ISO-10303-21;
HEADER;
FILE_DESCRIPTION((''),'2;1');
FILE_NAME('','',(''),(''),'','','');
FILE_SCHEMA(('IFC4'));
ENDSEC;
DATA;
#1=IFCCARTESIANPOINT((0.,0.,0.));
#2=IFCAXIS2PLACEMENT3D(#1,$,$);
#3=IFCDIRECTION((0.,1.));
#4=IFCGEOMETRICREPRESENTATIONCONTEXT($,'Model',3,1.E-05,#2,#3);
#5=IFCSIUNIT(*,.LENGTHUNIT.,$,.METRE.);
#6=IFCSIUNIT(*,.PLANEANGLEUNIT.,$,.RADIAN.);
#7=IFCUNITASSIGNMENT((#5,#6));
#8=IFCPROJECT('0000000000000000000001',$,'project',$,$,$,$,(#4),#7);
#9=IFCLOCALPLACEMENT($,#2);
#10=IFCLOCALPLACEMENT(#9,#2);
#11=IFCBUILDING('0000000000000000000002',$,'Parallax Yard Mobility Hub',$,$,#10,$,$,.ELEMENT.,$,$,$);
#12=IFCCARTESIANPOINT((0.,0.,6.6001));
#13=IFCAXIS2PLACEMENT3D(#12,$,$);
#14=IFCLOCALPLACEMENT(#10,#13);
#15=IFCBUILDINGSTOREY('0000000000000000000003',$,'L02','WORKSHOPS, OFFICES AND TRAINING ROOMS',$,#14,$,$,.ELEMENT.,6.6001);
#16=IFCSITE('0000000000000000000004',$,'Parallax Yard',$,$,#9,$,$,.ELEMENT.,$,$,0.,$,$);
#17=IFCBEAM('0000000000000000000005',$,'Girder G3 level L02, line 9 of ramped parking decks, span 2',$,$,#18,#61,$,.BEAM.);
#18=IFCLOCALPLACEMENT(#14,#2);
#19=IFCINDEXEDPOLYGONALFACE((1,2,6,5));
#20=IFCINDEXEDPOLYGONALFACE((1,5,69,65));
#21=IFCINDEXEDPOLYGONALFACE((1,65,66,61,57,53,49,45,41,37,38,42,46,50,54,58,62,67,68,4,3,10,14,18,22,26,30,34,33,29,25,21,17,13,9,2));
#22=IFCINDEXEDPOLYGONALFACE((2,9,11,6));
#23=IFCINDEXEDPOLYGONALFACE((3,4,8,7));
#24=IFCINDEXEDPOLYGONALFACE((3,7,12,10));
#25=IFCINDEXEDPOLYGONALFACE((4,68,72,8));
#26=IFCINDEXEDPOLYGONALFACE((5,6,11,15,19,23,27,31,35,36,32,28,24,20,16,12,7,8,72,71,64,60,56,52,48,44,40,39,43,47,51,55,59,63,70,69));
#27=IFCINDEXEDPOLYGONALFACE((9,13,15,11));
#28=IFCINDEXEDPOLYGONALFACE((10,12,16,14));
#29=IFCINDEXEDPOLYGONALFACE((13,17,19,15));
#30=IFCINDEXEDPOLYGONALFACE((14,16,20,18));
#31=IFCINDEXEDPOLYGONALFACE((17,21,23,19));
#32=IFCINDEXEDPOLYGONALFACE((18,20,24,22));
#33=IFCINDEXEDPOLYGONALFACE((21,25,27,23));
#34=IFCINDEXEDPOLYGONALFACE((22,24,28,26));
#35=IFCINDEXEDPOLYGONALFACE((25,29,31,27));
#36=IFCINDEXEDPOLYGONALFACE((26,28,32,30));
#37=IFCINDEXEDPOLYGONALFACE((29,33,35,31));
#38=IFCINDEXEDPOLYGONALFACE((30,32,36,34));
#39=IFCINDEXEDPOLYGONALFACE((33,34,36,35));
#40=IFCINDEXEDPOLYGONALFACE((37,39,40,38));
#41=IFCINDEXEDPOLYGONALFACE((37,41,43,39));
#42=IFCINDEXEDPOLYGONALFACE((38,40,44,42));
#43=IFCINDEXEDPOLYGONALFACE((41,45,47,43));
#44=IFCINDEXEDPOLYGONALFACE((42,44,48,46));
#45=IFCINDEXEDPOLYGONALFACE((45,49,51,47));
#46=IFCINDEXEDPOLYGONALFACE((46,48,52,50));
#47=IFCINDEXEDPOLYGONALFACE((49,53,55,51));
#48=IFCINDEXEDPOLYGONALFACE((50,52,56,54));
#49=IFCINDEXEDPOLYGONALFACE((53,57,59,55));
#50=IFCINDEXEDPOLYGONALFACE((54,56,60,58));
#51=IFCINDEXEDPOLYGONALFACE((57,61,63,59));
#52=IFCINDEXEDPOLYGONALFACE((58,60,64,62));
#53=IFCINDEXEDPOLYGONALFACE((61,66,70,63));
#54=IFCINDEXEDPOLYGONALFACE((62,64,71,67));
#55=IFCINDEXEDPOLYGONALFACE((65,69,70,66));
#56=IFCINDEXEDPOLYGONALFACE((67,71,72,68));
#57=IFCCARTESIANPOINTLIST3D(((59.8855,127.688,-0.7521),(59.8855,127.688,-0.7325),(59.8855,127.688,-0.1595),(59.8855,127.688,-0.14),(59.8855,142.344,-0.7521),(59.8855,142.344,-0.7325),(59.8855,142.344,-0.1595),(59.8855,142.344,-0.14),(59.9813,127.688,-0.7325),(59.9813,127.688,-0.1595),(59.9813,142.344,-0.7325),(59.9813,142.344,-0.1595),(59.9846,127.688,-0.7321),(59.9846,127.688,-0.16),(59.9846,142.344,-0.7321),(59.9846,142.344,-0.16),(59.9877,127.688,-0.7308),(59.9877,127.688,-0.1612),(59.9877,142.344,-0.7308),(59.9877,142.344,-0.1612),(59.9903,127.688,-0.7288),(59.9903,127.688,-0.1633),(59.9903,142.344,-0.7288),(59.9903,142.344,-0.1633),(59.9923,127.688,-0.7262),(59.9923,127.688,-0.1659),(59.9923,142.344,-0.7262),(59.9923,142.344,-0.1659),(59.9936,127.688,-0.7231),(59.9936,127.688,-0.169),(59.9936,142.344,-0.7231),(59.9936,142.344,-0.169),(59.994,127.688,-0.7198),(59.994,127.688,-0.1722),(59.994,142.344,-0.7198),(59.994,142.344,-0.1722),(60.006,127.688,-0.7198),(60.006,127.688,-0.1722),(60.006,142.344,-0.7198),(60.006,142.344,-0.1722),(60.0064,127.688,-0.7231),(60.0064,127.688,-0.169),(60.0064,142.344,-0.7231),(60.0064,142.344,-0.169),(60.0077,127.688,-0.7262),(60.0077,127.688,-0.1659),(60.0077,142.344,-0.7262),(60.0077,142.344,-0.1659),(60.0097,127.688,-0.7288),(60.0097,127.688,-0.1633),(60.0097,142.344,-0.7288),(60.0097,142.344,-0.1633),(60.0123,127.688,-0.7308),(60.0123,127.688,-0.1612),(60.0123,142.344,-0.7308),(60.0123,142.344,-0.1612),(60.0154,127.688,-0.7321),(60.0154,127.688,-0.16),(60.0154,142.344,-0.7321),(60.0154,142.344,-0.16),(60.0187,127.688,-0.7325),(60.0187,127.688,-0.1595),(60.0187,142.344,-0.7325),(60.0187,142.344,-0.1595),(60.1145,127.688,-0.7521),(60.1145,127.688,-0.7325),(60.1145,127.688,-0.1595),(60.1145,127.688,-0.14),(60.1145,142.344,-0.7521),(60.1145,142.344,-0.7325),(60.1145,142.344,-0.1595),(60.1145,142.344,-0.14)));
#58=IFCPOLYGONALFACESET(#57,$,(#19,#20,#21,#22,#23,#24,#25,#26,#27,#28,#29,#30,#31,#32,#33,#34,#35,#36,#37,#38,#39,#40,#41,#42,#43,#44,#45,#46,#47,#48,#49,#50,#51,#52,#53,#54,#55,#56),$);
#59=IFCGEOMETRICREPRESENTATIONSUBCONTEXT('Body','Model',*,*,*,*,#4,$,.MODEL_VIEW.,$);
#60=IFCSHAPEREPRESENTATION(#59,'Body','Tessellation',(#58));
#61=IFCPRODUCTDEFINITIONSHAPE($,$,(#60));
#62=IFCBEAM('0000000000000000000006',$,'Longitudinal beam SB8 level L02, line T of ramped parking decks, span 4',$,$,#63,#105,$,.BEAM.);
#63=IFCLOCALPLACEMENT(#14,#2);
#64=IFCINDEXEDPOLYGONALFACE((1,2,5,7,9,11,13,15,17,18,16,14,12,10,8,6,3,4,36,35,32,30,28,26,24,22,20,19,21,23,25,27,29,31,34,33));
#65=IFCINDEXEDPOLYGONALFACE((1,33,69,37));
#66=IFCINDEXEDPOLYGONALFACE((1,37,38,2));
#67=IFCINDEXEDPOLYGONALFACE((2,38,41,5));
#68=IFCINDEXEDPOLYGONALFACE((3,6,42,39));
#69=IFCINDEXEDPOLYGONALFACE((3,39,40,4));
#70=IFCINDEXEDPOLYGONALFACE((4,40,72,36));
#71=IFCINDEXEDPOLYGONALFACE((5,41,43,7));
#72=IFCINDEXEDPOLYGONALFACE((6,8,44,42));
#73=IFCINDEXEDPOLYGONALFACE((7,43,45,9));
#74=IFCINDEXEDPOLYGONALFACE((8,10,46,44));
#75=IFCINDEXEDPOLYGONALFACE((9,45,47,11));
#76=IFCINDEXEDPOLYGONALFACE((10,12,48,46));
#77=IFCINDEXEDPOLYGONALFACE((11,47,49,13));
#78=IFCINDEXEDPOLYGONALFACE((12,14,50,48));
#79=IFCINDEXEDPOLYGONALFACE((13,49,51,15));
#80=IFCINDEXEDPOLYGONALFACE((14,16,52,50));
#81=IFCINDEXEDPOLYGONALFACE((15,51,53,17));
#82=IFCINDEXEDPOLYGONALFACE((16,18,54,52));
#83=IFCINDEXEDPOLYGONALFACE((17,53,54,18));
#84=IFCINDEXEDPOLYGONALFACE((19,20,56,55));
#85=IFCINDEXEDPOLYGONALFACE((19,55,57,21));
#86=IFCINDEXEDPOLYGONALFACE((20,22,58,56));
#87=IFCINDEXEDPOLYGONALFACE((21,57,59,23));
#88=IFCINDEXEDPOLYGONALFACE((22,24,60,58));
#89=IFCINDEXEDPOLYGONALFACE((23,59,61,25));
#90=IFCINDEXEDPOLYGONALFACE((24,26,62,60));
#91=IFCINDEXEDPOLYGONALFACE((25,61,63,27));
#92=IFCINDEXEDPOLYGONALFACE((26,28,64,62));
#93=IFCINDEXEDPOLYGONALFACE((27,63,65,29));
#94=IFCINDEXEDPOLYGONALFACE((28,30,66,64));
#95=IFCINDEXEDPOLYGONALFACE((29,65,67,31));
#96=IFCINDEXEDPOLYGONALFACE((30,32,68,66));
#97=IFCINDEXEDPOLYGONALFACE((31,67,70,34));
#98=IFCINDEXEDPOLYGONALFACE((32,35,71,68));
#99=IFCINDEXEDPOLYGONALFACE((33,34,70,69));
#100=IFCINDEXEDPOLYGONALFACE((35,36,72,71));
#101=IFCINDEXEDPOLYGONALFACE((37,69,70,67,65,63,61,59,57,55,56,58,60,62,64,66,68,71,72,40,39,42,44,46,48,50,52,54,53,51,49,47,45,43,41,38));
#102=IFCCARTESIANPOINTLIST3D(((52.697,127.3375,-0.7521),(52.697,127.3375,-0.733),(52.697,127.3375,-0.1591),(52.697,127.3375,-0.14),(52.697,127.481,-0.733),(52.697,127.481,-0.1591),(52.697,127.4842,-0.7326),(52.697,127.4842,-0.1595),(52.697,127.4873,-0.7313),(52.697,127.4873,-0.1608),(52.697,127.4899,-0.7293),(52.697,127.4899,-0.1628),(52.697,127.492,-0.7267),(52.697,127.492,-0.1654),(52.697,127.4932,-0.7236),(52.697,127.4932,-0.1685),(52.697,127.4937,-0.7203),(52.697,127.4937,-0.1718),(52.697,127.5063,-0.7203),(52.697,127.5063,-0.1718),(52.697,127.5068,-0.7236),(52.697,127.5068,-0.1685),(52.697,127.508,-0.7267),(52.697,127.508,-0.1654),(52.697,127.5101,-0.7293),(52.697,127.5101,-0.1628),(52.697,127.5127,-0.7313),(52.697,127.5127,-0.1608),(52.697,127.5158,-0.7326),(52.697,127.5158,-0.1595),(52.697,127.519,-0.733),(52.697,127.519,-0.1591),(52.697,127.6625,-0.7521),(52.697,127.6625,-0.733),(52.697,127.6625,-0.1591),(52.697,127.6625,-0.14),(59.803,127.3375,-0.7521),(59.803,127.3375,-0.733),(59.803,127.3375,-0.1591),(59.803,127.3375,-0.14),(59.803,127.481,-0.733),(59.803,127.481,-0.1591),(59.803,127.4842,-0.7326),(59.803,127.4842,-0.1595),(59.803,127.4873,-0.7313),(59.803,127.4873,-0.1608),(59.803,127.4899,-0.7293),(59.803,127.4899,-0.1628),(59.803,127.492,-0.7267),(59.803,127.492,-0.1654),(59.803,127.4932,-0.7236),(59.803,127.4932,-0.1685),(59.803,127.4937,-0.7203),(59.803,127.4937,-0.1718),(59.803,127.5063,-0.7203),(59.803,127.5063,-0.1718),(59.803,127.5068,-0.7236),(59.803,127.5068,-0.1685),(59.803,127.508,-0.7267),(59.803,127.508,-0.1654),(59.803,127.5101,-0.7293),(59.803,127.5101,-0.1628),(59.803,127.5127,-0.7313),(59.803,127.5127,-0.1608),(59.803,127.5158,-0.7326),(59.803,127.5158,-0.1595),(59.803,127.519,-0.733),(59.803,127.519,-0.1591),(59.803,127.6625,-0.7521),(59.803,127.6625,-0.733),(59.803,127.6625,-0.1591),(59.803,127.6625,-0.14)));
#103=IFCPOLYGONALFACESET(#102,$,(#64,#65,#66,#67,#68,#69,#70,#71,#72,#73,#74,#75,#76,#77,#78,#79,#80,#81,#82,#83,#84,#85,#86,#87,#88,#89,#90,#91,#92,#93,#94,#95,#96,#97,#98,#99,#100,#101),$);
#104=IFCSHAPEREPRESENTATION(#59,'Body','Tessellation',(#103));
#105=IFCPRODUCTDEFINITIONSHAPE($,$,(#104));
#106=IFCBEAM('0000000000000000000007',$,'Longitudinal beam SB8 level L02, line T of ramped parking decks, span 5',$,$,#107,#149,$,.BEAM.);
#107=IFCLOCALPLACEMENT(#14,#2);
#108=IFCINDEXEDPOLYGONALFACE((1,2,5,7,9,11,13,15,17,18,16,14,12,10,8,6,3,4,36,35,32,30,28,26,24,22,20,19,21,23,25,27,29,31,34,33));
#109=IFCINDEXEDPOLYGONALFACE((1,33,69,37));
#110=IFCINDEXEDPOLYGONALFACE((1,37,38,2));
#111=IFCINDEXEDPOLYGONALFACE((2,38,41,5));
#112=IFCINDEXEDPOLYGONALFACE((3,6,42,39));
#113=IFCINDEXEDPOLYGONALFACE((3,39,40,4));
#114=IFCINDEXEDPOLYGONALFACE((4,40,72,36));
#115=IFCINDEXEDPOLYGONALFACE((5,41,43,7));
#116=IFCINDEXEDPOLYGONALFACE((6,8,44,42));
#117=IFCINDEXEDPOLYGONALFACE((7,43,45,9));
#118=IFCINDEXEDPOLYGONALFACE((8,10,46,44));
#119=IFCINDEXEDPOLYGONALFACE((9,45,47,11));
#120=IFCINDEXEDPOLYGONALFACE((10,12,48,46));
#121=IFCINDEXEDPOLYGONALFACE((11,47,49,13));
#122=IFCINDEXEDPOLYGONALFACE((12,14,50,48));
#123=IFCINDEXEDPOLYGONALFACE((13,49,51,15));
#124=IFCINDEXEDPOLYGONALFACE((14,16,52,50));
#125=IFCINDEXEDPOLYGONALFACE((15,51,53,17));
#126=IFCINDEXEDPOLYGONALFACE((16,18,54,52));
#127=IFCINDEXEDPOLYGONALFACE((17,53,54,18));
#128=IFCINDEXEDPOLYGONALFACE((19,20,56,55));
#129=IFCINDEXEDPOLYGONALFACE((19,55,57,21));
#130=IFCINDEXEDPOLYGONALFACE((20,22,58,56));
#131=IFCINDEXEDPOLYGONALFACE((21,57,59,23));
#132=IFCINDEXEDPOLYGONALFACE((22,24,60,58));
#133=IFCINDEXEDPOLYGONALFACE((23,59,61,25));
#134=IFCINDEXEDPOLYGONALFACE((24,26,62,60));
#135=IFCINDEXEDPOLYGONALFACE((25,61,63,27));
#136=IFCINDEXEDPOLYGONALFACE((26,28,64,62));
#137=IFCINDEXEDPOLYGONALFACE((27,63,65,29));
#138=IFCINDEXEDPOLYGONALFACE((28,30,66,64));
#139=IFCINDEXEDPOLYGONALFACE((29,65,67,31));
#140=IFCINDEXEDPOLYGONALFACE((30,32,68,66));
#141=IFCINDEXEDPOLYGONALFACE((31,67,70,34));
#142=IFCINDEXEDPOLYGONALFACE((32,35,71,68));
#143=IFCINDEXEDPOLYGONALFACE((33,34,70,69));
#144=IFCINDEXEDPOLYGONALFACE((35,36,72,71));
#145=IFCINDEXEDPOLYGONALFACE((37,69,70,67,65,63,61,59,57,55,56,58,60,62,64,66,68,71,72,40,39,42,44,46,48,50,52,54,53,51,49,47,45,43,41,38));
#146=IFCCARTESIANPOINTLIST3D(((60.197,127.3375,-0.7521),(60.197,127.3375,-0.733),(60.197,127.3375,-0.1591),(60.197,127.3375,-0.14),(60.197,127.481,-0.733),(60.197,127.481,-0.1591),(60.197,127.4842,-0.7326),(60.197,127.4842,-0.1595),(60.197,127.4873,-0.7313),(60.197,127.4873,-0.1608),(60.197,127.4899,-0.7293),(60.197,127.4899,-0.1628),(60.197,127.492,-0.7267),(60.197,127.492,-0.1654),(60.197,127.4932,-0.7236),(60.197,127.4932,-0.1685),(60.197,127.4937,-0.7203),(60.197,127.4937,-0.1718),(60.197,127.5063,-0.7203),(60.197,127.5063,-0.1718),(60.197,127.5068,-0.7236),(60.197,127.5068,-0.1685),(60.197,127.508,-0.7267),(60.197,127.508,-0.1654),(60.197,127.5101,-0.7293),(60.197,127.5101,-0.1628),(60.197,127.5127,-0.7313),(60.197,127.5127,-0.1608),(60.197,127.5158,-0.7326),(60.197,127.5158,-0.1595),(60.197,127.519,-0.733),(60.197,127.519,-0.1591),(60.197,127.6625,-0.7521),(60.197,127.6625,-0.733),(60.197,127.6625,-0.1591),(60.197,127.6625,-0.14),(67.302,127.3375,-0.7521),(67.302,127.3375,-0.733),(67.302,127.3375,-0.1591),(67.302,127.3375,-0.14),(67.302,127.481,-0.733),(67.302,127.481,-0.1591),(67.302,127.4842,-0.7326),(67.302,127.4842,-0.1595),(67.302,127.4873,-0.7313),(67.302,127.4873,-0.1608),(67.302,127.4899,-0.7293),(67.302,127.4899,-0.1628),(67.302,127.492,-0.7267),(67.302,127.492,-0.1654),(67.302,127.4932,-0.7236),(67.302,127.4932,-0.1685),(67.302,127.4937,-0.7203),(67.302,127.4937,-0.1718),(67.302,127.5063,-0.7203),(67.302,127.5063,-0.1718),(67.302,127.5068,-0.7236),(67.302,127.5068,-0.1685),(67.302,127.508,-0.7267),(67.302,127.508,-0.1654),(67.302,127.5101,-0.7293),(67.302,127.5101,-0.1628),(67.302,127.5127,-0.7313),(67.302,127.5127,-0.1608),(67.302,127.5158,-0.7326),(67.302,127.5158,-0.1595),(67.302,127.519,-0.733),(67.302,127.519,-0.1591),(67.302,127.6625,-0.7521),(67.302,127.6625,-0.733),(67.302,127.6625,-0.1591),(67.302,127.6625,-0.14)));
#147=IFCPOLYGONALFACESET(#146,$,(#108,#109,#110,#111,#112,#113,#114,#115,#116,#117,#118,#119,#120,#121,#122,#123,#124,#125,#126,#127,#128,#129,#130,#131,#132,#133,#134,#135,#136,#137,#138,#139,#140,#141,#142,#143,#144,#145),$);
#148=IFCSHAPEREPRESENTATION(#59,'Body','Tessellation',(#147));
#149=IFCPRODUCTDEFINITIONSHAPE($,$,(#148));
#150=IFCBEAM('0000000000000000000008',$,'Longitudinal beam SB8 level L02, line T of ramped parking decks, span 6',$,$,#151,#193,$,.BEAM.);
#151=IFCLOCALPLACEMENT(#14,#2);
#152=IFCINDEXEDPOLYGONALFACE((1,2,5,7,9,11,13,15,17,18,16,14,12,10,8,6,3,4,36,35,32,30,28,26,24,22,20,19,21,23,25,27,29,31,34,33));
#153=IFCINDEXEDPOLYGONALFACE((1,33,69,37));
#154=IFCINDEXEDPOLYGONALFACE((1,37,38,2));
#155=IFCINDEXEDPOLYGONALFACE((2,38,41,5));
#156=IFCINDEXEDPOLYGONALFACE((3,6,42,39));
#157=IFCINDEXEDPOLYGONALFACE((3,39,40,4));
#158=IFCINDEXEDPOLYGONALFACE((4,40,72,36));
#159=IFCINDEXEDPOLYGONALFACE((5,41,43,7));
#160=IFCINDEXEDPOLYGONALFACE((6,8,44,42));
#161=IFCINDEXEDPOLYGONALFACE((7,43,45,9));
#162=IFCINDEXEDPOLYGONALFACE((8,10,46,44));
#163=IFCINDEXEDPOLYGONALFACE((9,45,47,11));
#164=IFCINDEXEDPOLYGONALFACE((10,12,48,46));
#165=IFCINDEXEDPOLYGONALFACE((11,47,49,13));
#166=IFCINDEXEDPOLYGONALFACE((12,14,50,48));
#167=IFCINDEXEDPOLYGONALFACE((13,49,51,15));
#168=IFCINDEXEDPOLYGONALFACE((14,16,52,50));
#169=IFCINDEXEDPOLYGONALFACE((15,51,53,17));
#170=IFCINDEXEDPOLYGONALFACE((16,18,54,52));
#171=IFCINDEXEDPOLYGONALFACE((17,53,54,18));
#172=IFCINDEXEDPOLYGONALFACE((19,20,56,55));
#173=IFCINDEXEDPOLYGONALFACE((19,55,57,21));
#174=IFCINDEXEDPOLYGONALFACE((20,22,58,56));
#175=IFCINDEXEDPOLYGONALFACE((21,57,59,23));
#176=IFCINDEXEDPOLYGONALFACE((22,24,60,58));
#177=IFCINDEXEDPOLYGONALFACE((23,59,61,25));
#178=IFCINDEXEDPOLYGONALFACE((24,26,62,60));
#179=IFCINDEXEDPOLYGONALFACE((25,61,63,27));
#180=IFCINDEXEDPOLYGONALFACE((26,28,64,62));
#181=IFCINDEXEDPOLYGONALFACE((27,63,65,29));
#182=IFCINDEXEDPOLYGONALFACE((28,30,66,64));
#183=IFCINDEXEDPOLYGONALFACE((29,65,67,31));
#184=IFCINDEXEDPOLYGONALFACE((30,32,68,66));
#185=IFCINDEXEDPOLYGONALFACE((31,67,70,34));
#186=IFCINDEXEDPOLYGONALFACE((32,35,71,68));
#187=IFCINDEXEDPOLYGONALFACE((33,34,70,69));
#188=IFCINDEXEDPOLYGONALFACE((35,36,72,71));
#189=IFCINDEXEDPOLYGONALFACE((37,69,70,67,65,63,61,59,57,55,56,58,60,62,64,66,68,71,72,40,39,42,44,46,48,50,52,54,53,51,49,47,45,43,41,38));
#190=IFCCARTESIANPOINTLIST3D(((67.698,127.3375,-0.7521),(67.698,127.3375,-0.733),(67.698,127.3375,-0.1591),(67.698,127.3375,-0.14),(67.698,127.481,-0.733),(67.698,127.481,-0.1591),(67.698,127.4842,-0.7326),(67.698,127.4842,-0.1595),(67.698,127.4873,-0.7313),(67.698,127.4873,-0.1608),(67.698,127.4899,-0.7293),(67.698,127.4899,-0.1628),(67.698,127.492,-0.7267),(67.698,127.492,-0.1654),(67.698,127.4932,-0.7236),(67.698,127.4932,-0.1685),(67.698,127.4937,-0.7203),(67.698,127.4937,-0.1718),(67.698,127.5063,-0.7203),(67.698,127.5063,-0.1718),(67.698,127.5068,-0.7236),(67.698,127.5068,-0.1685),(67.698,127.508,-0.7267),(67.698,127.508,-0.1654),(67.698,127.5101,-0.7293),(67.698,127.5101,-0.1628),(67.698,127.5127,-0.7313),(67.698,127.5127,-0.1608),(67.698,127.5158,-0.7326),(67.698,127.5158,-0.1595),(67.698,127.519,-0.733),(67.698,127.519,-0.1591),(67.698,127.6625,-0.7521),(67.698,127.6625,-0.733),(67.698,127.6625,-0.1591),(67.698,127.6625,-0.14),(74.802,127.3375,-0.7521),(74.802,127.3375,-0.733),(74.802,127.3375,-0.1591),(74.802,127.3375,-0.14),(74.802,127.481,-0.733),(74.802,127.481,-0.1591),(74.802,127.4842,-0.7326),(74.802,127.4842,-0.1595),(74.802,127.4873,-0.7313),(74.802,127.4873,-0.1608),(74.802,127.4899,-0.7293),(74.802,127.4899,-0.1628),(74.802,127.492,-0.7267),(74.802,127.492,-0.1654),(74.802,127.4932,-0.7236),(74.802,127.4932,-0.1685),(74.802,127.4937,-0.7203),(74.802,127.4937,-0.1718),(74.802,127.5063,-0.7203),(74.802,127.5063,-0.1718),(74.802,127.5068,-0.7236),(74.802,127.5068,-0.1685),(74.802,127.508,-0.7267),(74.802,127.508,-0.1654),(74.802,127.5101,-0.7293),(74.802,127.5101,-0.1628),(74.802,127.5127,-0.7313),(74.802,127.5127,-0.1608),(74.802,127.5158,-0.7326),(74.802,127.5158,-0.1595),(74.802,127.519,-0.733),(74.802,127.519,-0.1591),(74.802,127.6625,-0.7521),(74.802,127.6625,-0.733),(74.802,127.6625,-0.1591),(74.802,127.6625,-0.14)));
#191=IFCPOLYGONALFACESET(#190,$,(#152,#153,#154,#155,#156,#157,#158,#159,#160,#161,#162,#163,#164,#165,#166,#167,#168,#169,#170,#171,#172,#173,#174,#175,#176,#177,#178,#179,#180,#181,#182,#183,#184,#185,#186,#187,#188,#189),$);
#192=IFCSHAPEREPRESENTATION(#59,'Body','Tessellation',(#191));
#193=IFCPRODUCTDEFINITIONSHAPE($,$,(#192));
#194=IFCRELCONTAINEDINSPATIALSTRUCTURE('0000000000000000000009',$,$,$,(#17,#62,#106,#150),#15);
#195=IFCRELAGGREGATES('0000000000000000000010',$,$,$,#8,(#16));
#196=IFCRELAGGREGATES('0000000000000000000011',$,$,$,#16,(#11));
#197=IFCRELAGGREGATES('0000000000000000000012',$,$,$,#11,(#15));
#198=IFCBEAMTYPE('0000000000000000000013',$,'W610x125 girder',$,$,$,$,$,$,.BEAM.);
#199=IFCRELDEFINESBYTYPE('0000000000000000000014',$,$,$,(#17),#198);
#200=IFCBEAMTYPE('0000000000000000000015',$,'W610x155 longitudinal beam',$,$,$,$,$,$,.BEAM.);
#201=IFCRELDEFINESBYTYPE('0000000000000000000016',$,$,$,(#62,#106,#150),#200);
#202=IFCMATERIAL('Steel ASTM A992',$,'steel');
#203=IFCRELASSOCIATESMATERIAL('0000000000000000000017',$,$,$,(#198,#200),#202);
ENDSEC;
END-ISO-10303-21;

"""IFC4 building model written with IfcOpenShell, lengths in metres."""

from ifc_helpers import new_model, si_unit, direction, frame, origin, origin_2d, place, context, subcontext, project, spatial, i_section, extrude, material, material_profile, profile_set, type_object, element, save


model = new_model("IFC4")

# Units and contexts
model_context = context("Model", 3, precision=1e-05, world=origin(), true_north=direction((0.0, 1.0)))
body_context = subcontext(model_context, "Body", "Model", "MODEL_VIEW")
ifc_project = project(units=[si_unit("LENGTHUNIT", "METRE"), si_unit("PLANEANGLEUNIT", "RADIAN")], contexts=[model_context])

# Site, building, storey
site_placement = place(None, origin())
site = spatial("IfcSite", under=ifc_project, at=site_placement, Name="Parallax Yard", CompositionType="ELEMENT", RefElevation=0.0)
building_placement = place(site_placement, origin())
building = spatial("IfcBuilding", under=site, at=building_placement, Name="Parallax Yard Mobility Hub", CompositionType="ELEMENT")
storey_placement = place(building_placement, frame((0.0, 0.0, 6.6001)))
storey = spatial("IfcBuildingStorey", under=building, at=storey_placement, Name="L02", Description="WORKSHOPS, OFFICES AND TRAINING ROOMS", CompositionType="ELEMENT", Elevation=6.6001)

# Shared definitions
ifc_material_1 = material(Name="Steel ASTM A992", Category="steel")

# Beams
ifc_material_profile_1 = material_profile(ifc_material_1, i_section(OverallWidth=0.229, OverallDepth=0.6121, WebThickness=0.012, FlangeThickness=0.0195, FilletRadius=0.0127, at=origin_2d()), Name="W610x125")
ifc_profile_set_1 = profile_set([ifc_material_profile_1], Name="Steel ASTM A992")
beam_type_1 = type_object("IfcBeamType", Name="W610x125 girder", PredefinedType="BEAM", material=ifc_profile_set_1)
for number, where, z_axis, x_axis, name in (
    (1, (60.0, 127.688, -0.446), (0.0, 1.0, 0.0), (-1.0, 0.0, 0.0), "Girder G3 level L02, line 9 of ramped parking decks, span 2"),
):
    element("IfcBeam", number, at=place(storey_placement, frame(where, z_axis=z_axis, x_axis=x_axis)), inside=storey, type_object=beam_type_1, Name=name, PredefinedType="BEAM", context=body_context, shape_type="SweptSolid", body=[
        extrude(i_section(OverallWidth=0.229, OverallDepth=0.6121, WebThickness=0.012, FlangeThickness=0.0195, FilletRadius=0.0127, at=origin_2d()), origin(), (0.0, 0.0, 1.0), 14.656),
    ])
ifc_material_profile_2 = material_profile(ifc_material_1, i_section(OverallWidth=0.325, OverallDepth=0.6121, WebThickness=0.0127, FlangeThickness=0.019, FilletRadius=0.0127, at=origin_2d()), Name="W610x155")
ifc_profile_set_2 = profile_set([ifc_material_profile_2], Name="Steel ASTM A992")
beam_type_2 = type_object("IfcBeamType", Name="W610x155 longitudinal beam", PredefinedType="BEAM", material=ifc_profile_set_2)
beam_1_placement = place(storey_placement, frame((52.697, 127.5, -0.446), z_axis=(1.0, 0.0, 0.0), x_axis=(0.0, 1.0, 0.0)))
element("IfcBeam", 2, at=beam_1_placement, inside=storey, type_object=beam_type_2, Name="Longitudinal beam SB8 level L02, line T of ramped parking decks, span 4", PredefinedType="BEAM", context=body_context, shape_type="SweptSolid", body=[
    extrude(i_section(OverallWidth=0.325, OverallDepth=0.6121, WebThickness=0.0127, FlangeThickness=0.019, FilletRadius=0.0127, at=origin_2d()), origin(), (0.0, 0.0, 1.0), 7.106),
])
beam_2_placement = place(storey_placement, frame((60.197, 127.5, -0.446), z_axis=(1.0, 0.0, 0.0), x_axis=(0.0, 1.0, 0.0)))
element("IfcBeam", 3, at=beam_2_placement, inside=storey, type_object=beam_type_2, Name="Longitudinal beam SB8 level L02, line T of ramped parking decks, span 5", PredefinedType="BEAM", context=body_context, shape_type="SweptSolid", body=[
    extrude(i_section(OverallWidth=0.325, OverallDepth=0.6121, WebThickness=0.0127, FlangeThickness=0.019, FilletRadius=0.0127, at=origin_2d()), origin(), (0.0, 0.0, 1.0), 7.105),
])
beam_3_placement = place(storey_placement, frame((67.698, 127.5, -0.446), z_axis=(1.0, 0.0, 0.0), x_axis=(0.0, 1.0, 0.0)))
element("IfcBeam", 4, at=beam_3_placement, inside=storey, type_object=beam_type_2, Name="Longitudinal beam SB8 level L02, line T of ramped parking decks, span 6", PredefinedType="BEAM", context=body_context, shape_type="SweptSolid", body=[
    extrude(i_section(OverallWidth=0.325, OverallDepth=0.6121, WebThickness=0.0127, FlangeThickness=0.019, FilletRadius=0.0127, at=origin_2d()), origin(), (0.0, 0.0, 1.0), 7.104),
])

save(model, "model.ifc")
